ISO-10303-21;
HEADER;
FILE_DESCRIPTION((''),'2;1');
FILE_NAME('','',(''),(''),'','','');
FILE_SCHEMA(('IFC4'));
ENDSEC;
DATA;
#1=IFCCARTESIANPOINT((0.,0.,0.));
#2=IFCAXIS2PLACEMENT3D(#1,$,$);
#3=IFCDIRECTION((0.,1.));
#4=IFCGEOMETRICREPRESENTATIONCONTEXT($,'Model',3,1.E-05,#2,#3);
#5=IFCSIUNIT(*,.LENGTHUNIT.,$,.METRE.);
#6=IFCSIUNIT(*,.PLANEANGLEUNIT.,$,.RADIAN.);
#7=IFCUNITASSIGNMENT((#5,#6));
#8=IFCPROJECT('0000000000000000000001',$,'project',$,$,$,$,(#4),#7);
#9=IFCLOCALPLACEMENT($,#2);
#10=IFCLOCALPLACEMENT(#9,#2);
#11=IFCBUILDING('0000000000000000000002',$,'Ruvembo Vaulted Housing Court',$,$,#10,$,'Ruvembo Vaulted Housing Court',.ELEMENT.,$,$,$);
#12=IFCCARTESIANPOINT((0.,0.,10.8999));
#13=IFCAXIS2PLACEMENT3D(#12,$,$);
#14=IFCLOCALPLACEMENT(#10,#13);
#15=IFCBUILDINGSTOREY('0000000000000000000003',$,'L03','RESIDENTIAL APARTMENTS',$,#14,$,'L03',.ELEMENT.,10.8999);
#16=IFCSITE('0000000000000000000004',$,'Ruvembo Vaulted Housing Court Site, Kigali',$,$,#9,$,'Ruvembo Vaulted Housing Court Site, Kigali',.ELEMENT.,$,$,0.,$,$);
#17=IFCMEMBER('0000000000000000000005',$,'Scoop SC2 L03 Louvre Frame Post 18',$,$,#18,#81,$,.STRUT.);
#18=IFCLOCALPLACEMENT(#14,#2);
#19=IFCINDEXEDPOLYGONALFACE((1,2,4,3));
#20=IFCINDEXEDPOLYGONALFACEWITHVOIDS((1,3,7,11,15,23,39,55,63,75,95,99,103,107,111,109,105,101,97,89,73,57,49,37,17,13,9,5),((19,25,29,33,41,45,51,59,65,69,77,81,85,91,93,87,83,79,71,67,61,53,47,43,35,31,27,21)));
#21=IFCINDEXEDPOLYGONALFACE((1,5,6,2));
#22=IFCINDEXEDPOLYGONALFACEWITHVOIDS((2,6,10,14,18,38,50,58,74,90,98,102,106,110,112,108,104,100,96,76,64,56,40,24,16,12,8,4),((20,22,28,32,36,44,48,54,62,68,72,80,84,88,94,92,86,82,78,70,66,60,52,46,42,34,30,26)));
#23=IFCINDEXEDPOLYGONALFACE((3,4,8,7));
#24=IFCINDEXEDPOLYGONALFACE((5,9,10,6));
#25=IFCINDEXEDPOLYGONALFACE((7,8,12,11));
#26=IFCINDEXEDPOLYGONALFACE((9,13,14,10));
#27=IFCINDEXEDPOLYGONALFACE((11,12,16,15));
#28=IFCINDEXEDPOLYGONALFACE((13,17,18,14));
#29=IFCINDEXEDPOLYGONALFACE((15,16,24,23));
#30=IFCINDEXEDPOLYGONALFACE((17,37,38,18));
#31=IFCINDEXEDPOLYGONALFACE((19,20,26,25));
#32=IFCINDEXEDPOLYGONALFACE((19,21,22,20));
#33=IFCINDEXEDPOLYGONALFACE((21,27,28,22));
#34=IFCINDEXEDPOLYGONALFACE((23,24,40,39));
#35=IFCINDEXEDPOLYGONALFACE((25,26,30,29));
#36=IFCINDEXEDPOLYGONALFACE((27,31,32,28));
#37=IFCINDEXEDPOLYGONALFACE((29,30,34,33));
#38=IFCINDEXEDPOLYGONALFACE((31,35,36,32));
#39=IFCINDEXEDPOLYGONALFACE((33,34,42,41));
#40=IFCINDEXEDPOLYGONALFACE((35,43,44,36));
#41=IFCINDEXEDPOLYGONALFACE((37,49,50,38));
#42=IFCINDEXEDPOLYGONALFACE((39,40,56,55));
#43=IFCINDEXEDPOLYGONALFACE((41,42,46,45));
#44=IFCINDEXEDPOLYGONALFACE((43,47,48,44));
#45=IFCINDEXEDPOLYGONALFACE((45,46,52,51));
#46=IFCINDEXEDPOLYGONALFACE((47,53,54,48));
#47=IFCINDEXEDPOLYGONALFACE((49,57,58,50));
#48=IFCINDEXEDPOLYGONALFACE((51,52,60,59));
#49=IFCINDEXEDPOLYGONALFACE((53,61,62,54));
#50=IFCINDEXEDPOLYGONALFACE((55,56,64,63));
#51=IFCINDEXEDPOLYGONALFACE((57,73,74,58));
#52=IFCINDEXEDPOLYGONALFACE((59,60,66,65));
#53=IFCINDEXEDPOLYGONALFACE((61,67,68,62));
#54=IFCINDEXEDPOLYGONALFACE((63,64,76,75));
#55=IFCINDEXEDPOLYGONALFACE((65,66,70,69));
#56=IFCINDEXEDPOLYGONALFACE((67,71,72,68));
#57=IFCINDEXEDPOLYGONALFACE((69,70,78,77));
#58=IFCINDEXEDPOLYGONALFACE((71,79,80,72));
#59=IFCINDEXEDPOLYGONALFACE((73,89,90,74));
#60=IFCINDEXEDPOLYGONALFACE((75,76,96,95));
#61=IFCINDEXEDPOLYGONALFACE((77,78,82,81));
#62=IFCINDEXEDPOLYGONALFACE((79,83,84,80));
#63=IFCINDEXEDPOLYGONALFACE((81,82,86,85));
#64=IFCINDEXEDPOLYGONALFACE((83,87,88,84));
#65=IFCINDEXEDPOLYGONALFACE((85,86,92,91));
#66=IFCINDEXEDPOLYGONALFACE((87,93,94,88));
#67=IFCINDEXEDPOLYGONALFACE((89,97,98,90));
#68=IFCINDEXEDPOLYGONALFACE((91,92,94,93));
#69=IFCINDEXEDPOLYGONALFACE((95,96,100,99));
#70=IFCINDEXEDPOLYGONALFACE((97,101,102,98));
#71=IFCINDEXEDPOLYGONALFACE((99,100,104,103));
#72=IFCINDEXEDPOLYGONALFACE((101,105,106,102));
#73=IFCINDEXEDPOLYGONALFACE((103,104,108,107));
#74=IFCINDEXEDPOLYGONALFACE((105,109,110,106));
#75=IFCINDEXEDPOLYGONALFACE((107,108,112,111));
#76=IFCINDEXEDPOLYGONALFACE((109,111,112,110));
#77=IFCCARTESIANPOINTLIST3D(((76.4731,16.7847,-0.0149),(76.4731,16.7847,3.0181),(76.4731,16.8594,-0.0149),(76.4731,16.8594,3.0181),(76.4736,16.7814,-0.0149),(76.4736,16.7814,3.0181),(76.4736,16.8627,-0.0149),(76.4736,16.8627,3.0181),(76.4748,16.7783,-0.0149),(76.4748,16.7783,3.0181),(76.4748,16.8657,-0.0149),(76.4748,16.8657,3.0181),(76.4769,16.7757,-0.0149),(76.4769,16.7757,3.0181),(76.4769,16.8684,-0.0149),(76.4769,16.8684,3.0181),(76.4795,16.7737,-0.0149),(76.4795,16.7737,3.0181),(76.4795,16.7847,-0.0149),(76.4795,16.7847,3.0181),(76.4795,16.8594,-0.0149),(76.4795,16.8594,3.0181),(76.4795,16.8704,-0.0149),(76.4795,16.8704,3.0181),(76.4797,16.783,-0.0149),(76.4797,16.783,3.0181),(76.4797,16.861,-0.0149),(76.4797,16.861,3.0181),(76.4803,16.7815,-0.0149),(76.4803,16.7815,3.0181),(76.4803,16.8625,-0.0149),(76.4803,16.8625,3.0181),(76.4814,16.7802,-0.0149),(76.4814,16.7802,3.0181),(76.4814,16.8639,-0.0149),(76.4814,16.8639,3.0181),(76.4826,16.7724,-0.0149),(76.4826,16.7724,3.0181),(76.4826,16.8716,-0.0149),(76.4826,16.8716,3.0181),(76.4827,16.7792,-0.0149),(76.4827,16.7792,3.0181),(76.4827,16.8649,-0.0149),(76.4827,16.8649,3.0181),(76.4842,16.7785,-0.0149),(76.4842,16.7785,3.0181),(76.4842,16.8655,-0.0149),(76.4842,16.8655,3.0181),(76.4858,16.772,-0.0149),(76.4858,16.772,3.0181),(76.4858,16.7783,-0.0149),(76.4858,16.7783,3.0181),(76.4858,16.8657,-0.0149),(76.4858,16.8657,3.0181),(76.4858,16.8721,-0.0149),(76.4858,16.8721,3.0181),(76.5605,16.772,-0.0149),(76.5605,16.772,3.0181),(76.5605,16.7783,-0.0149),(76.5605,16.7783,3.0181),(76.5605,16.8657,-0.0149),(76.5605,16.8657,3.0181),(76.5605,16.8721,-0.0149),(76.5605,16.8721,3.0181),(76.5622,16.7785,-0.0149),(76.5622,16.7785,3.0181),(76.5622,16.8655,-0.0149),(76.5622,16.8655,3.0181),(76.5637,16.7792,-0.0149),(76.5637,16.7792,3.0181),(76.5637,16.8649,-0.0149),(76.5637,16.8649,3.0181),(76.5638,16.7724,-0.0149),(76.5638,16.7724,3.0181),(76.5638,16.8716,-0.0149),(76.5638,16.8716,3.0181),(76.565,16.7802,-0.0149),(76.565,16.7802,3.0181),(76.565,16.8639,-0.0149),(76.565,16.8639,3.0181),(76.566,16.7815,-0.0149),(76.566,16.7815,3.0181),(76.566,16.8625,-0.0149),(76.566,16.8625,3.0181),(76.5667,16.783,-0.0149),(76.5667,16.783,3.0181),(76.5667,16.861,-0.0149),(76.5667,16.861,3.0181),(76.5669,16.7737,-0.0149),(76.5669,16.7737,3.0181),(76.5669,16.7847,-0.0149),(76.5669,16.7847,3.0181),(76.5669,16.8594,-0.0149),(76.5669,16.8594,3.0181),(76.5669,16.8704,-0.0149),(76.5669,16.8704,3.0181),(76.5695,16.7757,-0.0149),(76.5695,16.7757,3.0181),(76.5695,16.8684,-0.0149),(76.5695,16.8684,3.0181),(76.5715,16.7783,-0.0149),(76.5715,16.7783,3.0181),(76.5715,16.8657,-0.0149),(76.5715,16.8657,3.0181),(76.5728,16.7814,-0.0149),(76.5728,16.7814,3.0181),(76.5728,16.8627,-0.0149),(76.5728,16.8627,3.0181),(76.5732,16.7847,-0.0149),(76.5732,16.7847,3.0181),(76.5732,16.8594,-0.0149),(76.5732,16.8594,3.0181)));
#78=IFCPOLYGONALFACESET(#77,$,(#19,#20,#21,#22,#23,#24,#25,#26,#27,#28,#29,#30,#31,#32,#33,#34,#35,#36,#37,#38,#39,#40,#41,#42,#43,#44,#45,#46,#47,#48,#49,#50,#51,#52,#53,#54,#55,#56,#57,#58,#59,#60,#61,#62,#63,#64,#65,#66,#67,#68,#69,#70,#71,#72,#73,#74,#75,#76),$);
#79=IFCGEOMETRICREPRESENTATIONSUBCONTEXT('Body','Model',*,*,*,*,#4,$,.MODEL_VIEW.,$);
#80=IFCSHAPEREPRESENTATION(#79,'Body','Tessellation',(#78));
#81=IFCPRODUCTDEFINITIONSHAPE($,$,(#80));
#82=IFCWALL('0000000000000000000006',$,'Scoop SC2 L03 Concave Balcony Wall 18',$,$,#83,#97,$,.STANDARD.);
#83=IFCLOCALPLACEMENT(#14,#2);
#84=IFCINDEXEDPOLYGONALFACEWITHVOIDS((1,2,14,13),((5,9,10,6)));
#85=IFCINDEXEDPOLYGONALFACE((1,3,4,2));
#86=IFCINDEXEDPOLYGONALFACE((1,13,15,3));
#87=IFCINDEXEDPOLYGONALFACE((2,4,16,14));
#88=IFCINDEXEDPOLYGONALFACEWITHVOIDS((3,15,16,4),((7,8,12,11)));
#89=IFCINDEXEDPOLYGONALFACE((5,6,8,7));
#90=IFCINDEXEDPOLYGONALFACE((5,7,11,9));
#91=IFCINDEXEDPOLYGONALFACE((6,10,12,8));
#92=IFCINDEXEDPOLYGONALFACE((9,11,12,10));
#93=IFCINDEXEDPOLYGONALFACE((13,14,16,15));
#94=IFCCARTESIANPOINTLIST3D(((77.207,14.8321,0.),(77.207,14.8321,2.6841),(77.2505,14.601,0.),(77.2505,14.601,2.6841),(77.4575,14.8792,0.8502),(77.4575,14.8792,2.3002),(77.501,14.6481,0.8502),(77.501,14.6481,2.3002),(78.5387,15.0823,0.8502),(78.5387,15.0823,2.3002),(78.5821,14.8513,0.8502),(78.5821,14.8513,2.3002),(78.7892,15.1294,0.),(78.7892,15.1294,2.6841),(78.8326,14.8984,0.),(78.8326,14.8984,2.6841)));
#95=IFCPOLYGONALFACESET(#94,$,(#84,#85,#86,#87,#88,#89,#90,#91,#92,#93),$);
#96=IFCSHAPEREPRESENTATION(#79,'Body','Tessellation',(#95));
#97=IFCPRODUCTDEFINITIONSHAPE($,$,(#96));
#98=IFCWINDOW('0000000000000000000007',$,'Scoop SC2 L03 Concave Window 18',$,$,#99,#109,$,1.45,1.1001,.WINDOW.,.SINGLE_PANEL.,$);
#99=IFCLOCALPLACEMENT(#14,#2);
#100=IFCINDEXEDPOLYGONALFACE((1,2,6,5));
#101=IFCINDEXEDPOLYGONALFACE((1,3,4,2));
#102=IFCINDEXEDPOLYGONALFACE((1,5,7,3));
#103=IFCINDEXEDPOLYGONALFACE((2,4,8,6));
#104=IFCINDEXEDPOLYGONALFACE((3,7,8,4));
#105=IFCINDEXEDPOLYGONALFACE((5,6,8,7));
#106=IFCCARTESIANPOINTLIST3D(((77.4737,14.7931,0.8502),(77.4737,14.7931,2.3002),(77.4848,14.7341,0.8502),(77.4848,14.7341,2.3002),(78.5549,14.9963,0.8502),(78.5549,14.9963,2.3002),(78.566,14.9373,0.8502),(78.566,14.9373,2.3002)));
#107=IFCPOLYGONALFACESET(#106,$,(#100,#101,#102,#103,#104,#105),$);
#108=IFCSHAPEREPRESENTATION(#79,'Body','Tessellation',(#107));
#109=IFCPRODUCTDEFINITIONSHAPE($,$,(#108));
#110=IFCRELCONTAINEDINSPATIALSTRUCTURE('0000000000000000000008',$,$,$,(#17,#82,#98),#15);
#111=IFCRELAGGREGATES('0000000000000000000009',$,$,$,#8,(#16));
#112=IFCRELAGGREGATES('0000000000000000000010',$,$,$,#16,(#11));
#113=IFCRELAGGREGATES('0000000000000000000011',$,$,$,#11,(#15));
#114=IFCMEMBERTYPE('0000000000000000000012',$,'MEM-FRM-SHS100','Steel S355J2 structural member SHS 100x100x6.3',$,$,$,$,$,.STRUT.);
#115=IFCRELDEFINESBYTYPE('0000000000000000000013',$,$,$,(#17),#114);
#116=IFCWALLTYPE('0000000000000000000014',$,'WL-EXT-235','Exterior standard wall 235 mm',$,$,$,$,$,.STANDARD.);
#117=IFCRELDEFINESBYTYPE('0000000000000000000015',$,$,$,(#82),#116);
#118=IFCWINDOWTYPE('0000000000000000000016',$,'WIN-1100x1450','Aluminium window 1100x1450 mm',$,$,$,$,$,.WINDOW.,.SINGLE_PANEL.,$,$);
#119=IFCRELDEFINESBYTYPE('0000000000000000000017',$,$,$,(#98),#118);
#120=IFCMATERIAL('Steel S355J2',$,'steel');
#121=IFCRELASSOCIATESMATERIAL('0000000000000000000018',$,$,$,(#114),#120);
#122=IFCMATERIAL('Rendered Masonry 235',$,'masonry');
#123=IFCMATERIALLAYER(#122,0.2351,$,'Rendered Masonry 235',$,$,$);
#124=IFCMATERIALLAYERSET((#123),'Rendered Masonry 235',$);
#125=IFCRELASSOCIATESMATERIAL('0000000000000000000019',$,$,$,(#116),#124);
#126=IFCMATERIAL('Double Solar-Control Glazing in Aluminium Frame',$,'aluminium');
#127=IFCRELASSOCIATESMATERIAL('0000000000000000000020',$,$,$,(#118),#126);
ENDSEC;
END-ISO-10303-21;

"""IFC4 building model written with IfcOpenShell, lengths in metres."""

from ifc_helpers import new_model, si_unit, direction, frame, frame_2d, origin, origin_2d, place, context, subcontext, project, spatial, rectangle, hollow_rectangle, extrude, material, layer, layer_set, material_profile, profile_set, type_object, element, fill, save


model = new_model("IFC4")

# Units and contexts
model_context = context("Model", 3, precision=1e-05, world=origin(), true_north=direction((0.0, 1.0)))
body_context = subcontext(model_context, "Body", "Model", "MODEL_VIEW")
ifc_project = project(units=[si_unit("LENGTHUNIT", "METRE"), si_unit("PLANEANGLEUNIT", "RADIAN")], contexts=[model_context])

# Site, building, storey
site_placement = place(None, origin())
site = spatial("IfcSite", under=ifc_project, at=site_placement, Name="Ruvembo Vaulted Housing Court Site, Kigali", LongName="Ruvembo Vaulted Housing Court Site, Kigali", CompositionType="ELEMENT", RefElevation=0.0)
building_placement = place(site_placement, origin())
building = spatial("IfcBuilding", under=site, at=building_placement, Name="Ruvembo Vaulted Housing Court", LongName="Ruvembo Vaulted Housing Court", CompositionType="ELEMENT")
storey_placement = place(building_placement, frame((0.0, 0.0, 10.8999)))
storey = spatial("IfcBuildingStorey", under=building, at=storey_placement, Name="L03", Description="RESIDENTIAL APARTMENTS", LongName="L03", CompositionType="ELEMENT", Elevation=10.8999)

# Shared definitions
ifc_material_1 = material(Name="Steel S355J2", Category="steel")

# Member
ifc_material_profile_1 = material_profile(ifc_material_1, hollow_rectangle(XDim=0.1001, YDim=0.1001, WallThickness=0.0063, InnerFilletRadius=0.0063, OuterFilletRadius=0.0127, at=origin_2d()), Name="SHS 100x100x6.3")
ifc_profile_set_1 = profile_set([ifc_material_profile_1], Name="Steel S355J2")
member_type_1 = type_object("IfcMemberType", Name="MEM-FRM-SHS100", Description="Steel S355J2 structural member SHS 100x100x6.3", PredefinedType="STRUT", material=ifc_profile_set_1)
for number, where, z_axis, x_axis, name in (
    (1, (76.5232, 16.822, -0.0149), (0.0, 0.0, 1.0), (1.0, 0.0, 0.0), "Scoop SC2 L03 Louvre Frame Post 18"),
):
    element("IfcMember", number, at=place(storey_placement, frame(where, z_axis=z_axis, x_axis=x_axis)), inside=storey, type_object=member_type_1, Name=name, PredefinedType="STRUT", context=body_context, shape_type="SweptSolid", body=[
        extrude(hollow_rectangle(XDim=0.1001, YDim=0.1001, WallThickness=0.0063, InnerFilletRadius=0.0063, OuterFilletRadius=0.0127, at=origin_2d()), origin(), (0.0, 0.0, 1.0), 3.033),
    ])

# Wall, opening, window
ifc_material_2 = material(Name="Rendered Masonry 235", Category="masonry")
ifc_layer_1 = layer(ifc_material_2, 0.2351, Name="Rendered Masonry 235")
ifc_layer_set_1 = layer_set([ifc_layer_1], Name="Rendered Masonry 235")
wall_type = type_object("IfcWallType", Name="WL-EXT-235", Description="Exterior standard wall 235 mm", PredefinedType="STANDARD", material=ifc_layer_set_1)
wall_placement = place(storey_placement, frame((77.2288, 14.7166, 0.0), z_axis=(0.0, 0.0, 1.0), x_axis=(0.982795, 0.184701, 0.0)))
wall = element("IfcWall", 2, at=wall_placement, inside=storey, type_object=wall_type, Name="Scoop SC2 L03 Concave Balcony Wall 18", PredefinedType="STANDARD", context=body_context, shape_type="SweptSolid", body=[
    extrude(rectangle(XDim=1.6099, YDim=0.2351, at=frame_2d((0.8049, 0.0))), origin(), (0.0, 0.0, 1.0), 2.6841),
])
opening_placement = place(wall_placement, frame((0.2549, 0.0, 0.8501)))
opening = element("IfcOpeningElement", 3, at=opening_placement, cuts=wall, PredefinedType="OPENING", context=body_context, shape_type="SweptSolid", body=[
    extrude(rectangle(XDim=1.1001, YDim=1.45, at=frame_2d((0.55, 0.7251))), frame((0.0, 0.1274, 0.0), z_axis=(0.0, -1.0, 0.0), x_axis=(1.0, 0.0, 0.0)), (0.0, 0.0, 1.0), 0.2551),
])
ifc_material_3 = material(Name="Double Solar-Control Glazing in Aluminium Frame", Category="aluminium")
window_type = type_object("IfcWindowType", Name="WIN-1100x1450", Description="Aluminium window 1100x1450 mm", PartitioningType="SINGLE_PANEL", PredefinedType="WINDOW", material=ifc_material_3)
window_placement = place(opening_placement, origin())
window = element("IfcWindow", 4, at=window_placement, inside=storey, type_object=window_type, Name="Scoop SC2 L03 Concave Window 18", OverallHeight=1.45, OverallWidth=1.1001, PartitioningType="SINGLE_PANEL", PredefinedType="WINDOW", context=body_context, shape_type="SweptSolid", body=[
    extrude(rectangle(XDim=1.1001, YDim=1.45, at=frame_2d((0.55, 0.7251))), frame((0.0, 0.03, 0.0), z_axis=(0.0, -1.0, 0.0), x_axis=(1.0, 0.0, 0.0)), (0.0, 0.0, 1.0), 0.0601),
])
fill(opening, window)

save(model, "model.ifc")
